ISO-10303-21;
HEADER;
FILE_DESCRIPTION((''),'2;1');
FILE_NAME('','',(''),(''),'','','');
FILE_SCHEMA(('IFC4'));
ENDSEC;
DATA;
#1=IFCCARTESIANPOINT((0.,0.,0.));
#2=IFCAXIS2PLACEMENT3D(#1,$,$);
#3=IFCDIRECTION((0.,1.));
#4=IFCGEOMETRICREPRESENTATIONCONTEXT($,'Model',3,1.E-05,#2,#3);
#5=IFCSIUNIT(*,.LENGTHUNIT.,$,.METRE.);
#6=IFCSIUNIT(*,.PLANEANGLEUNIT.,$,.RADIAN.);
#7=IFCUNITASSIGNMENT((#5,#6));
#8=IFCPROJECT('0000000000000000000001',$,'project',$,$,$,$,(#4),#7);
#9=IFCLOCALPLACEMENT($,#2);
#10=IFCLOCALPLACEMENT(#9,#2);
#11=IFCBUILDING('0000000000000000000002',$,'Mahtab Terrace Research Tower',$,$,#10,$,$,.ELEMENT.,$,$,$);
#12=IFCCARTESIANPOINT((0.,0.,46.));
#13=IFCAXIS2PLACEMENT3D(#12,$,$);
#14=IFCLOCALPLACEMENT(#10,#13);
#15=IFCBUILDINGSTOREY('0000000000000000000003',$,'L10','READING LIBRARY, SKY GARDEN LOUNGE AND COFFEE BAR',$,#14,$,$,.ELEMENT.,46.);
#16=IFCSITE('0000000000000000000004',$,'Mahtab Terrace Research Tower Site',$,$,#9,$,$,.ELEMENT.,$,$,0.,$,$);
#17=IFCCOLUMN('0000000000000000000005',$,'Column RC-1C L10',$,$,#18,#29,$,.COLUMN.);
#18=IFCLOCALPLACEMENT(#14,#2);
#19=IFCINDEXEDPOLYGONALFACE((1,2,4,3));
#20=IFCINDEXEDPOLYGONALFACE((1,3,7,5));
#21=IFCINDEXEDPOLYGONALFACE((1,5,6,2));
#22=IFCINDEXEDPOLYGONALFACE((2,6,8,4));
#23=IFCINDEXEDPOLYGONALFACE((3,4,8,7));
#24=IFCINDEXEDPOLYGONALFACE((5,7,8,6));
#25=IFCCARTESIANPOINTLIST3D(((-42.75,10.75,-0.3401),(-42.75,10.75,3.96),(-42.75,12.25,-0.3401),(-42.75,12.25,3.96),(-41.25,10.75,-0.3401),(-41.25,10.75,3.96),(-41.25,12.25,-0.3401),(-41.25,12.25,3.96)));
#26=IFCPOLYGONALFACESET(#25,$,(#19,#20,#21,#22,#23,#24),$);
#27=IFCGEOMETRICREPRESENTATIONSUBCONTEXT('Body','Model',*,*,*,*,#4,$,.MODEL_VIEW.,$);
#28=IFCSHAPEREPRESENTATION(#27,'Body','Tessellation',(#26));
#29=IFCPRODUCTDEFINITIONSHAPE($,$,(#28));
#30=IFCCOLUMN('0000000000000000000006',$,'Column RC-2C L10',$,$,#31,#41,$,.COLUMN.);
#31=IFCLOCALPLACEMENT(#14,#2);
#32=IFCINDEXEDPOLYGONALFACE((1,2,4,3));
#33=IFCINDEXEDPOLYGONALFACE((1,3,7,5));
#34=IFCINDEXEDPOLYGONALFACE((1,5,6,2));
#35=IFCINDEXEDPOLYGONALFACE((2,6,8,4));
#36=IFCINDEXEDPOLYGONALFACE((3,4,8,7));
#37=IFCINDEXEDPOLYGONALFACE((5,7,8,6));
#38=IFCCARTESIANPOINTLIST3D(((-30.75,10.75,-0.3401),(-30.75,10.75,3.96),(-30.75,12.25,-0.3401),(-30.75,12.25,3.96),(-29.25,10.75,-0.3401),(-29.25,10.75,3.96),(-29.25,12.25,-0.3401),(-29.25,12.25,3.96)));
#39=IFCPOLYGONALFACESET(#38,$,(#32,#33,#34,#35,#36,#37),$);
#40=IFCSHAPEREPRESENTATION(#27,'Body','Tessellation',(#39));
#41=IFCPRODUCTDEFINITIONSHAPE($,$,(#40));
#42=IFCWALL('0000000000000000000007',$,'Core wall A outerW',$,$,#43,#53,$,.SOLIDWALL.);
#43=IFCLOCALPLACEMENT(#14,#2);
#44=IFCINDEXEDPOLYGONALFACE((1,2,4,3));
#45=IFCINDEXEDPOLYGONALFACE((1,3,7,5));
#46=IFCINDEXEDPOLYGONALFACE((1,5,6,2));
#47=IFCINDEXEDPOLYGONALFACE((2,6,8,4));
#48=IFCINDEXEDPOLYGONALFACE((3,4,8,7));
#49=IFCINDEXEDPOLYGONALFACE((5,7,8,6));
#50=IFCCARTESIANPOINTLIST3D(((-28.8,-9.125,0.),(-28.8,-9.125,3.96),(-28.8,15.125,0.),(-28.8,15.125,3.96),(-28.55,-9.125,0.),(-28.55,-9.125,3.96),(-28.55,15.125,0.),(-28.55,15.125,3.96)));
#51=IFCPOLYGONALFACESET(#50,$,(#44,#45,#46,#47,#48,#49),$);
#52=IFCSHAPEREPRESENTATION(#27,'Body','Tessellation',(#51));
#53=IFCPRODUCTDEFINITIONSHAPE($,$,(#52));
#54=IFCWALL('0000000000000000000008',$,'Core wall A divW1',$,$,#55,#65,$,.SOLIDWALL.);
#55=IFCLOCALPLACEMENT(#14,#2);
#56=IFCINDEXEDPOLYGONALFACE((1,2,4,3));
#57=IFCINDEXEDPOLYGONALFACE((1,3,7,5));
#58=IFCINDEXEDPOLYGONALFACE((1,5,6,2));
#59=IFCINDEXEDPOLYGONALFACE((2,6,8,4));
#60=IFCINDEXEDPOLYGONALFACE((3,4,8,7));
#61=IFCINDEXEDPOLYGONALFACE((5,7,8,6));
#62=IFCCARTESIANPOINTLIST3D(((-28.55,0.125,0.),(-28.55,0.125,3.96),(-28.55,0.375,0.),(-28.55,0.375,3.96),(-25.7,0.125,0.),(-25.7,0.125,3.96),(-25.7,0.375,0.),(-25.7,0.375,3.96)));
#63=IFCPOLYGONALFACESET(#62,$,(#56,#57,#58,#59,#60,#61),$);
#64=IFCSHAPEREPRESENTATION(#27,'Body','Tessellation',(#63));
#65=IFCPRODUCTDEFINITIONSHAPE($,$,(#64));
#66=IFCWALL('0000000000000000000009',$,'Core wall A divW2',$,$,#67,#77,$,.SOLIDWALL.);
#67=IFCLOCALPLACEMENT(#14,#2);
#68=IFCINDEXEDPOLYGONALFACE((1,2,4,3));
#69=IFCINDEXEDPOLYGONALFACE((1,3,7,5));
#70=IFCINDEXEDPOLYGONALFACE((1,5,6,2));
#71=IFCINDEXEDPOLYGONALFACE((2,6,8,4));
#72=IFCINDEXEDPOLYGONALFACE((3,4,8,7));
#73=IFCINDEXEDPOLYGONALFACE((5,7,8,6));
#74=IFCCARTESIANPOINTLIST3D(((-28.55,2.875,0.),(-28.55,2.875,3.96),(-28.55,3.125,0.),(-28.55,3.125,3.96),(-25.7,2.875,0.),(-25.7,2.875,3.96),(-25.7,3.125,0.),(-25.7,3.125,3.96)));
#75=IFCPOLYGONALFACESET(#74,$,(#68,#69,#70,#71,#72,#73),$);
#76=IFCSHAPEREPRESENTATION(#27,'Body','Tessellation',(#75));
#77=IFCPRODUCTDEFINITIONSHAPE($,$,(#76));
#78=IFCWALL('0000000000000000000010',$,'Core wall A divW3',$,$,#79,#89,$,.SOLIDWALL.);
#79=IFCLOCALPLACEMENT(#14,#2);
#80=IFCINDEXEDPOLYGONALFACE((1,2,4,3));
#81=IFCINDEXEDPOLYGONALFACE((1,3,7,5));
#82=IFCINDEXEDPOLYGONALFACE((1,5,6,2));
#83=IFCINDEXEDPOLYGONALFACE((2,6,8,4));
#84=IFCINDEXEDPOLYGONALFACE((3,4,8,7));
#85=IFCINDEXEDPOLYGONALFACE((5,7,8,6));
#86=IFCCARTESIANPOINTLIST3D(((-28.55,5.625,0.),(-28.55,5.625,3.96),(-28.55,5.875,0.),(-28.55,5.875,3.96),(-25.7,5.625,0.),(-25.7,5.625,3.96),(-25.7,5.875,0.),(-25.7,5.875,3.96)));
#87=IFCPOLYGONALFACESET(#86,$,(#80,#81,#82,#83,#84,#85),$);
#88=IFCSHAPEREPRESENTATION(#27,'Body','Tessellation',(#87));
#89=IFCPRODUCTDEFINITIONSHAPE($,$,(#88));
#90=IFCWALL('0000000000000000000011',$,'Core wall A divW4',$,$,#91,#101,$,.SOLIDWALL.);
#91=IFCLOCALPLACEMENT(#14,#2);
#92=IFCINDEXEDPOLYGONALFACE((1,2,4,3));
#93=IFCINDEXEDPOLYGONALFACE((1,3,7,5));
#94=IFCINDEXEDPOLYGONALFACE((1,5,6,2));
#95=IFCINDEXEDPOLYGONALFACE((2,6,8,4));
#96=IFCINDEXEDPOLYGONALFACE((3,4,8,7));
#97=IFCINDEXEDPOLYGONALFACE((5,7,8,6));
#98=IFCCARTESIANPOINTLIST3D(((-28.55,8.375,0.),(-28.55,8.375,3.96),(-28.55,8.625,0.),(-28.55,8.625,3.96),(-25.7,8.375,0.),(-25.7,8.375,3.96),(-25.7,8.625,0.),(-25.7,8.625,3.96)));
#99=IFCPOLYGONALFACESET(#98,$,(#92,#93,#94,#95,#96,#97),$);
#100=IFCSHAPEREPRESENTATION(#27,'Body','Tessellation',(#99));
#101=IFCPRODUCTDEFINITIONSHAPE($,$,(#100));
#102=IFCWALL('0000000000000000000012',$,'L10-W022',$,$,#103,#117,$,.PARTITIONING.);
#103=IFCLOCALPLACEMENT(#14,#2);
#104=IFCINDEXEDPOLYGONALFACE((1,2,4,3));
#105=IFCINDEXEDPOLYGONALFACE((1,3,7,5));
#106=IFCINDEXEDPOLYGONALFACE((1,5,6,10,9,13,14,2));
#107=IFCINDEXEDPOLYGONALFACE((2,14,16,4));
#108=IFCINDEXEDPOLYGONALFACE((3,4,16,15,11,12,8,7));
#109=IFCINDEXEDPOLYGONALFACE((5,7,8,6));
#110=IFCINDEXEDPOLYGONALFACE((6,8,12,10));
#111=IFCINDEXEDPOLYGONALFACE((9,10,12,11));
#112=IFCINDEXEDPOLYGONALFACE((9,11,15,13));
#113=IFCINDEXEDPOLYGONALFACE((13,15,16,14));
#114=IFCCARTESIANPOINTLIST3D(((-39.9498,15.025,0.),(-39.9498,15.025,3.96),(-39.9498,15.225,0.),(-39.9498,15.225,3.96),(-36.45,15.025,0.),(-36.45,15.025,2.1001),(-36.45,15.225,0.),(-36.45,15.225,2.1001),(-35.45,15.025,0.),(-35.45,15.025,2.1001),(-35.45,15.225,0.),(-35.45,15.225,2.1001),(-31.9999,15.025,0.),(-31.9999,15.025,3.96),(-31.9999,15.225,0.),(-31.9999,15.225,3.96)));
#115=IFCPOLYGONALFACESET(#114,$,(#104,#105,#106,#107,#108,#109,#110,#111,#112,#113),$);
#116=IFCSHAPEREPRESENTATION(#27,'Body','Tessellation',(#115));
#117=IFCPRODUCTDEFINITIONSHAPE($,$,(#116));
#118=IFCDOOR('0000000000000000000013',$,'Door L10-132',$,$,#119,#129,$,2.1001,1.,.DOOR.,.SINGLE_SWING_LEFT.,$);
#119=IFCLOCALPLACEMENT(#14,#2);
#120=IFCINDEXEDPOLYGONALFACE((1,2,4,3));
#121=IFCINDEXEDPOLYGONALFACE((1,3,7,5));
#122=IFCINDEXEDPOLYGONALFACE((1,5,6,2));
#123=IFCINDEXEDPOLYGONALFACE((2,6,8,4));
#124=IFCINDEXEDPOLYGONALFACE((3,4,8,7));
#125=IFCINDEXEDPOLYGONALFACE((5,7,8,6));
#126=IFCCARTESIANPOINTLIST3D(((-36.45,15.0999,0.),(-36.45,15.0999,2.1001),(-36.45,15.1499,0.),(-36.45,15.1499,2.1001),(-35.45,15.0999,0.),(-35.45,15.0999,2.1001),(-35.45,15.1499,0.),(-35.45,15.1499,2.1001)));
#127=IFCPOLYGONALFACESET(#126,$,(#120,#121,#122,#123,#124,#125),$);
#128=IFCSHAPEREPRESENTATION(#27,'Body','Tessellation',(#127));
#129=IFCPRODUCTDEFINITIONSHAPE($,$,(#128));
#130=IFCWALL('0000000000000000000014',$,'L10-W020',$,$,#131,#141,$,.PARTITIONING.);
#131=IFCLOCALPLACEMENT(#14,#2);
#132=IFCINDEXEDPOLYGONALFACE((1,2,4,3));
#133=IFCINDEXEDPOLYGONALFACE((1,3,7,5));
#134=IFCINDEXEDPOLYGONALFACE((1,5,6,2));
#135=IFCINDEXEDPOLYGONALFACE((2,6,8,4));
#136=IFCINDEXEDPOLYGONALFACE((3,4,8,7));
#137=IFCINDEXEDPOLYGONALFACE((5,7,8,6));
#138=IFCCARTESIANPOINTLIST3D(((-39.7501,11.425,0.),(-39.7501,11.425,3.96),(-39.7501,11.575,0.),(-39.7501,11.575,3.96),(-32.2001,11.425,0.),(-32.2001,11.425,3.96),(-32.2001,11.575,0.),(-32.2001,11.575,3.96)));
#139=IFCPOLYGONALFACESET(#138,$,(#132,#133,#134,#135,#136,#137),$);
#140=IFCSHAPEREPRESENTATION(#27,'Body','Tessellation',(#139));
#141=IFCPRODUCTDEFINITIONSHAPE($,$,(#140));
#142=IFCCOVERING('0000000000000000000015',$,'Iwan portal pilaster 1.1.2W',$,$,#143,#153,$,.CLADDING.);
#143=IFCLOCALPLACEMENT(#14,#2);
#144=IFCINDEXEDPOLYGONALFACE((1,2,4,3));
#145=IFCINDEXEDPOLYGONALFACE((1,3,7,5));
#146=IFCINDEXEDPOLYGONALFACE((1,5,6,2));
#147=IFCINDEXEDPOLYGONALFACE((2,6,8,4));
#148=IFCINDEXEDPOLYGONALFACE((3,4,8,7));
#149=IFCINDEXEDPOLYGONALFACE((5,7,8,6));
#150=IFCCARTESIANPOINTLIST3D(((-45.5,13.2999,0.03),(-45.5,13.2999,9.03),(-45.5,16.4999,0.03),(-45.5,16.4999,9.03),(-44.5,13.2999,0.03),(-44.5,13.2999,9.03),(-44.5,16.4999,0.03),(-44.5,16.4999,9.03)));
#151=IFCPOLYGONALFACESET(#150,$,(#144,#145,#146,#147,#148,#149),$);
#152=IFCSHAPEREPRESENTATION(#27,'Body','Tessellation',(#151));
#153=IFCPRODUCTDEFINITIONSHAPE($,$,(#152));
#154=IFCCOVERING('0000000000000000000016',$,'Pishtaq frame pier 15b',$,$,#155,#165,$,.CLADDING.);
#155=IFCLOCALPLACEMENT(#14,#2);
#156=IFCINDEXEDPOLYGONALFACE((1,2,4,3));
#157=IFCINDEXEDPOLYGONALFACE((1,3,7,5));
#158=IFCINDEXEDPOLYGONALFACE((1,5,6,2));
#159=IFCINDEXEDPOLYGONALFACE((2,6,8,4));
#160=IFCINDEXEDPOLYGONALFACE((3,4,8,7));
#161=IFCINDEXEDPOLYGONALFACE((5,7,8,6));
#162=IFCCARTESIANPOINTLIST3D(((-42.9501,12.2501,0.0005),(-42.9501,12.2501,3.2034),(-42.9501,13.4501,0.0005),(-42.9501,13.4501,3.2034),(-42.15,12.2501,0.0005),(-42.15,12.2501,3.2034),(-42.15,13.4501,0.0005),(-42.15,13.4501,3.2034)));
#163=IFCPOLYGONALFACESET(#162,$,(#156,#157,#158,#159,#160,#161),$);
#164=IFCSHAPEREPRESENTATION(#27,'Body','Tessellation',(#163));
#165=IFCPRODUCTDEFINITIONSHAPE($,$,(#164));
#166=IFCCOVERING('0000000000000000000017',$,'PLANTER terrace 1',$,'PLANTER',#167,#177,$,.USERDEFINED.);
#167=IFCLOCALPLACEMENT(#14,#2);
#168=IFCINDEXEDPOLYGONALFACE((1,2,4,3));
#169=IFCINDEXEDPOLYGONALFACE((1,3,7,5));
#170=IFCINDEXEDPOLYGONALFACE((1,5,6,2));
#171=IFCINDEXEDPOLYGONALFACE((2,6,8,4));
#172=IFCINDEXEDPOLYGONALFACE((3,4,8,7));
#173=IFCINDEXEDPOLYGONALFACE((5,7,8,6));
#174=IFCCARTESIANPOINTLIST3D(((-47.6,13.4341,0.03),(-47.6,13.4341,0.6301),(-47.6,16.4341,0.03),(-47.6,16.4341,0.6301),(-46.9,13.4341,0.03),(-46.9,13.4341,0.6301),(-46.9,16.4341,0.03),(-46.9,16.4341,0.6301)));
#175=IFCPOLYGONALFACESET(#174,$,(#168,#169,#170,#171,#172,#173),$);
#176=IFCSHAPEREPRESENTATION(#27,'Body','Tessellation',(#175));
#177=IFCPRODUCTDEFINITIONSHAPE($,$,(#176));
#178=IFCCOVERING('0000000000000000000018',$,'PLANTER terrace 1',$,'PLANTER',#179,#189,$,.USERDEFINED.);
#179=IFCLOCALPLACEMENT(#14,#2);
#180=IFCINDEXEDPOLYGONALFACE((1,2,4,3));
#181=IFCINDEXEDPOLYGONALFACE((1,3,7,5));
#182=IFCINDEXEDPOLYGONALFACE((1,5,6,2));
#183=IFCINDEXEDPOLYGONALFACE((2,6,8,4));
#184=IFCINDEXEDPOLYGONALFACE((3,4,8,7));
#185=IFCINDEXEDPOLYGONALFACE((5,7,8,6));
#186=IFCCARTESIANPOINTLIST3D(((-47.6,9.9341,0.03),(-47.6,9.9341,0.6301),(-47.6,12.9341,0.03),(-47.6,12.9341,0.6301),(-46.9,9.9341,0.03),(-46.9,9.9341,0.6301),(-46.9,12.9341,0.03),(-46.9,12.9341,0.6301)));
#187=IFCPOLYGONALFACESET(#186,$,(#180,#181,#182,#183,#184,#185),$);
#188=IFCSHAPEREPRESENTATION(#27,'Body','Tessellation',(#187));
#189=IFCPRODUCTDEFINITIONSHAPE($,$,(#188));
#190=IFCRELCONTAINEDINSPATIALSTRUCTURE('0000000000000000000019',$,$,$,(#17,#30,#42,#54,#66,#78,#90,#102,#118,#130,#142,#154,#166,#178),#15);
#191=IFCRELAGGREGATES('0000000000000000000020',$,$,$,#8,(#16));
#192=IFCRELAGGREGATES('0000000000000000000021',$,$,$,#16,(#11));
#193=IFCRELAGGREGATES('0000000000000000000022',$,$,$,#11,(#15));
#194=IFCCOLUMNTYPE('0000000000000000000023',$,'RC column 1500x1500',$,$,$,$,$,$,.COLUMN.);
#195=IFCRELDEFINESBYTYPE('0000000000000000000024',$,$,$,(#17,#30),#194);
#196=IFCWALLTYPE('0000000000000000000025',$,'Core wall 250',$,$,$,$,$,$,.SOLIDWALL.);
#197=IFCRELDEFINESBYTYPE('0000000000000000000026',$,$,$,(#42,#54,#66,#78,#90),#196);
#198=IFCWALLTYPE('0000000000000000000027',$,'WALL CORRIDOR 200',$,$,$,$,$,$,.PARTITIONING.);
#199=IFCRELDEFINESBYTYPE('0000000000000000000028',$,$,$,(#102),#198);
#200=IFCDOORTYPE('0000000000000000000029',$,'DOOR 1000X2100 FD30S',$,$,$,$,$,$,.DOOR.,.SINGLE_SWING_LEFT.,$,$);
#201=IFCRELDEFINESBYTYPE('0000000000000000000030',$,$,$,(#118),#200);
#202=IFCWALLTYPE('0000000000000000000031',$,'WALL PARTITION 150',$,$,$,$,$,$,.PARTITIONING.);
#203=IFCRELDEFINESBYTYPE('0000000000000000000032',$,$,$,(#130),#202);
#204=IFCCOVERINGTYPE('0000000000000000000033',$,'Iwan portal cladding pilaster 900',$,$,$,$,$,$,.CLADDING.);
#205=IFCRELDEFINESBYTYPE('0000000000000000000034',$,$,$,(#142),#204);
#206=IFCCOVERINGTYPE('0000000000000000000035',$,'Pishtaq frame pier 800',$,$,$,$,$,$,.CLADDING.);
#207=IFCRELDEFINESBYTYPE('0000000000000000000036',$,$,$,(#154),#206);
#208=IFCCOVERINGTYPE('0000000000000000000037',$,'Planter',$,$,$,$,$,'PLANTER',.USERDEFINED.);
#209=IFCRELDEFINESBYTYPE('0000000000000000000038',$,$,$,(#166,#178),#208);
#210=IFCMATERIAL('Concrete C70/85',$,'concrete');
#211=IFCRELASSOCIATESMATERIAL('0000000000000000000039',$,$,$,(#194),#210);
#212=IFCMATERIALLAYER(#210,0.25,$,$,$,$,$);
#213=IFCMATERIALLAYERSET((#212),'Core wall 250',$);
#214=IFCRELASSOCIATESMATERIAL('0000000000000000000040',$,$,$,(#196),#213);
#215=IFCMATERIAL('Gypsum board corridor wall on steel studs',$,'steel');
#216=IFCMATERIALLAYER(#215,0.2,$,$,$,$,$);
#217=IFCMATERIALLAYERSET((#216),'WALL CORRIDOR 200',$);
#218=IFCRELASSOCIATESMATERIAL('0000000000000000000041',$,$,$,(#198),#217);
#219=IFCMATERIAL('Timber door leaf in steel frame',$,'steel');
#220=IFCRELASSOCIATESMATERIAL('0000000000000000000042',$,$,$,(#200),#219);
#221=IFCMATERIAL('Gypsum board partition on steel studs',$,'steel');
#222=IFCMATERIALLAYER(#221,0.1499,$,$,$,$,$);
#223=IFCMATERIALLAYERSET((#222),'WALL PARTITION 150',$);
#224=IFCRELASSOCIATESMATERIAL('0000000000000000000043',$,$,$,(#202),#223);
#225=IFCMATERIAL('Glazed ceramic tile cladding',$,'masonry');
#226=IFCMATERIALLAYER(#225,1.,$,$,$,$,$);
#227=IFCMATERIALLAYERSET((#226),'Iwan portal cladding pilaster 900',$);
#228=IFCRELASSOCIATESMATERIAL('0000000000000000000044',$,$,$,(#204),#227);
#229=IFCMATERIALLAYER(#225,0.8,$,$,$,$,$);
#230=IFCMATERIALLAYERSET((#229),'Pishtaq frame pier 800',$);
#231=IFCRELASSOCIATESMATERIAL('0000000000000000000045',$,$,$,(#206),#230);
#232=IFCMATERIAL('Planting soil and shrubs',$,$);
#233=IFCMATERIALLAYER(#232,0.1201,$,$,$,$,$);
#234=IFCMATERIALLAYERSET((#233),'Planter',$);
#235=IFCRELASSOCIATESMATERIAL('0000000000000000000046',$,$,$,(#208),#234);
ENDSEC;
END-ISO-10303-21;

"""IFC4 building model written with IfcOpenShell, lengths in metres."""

from ifc_helpers import new_model, si_unit, direction, frame, frame_2d, origin, origin_2d, place, context, subcontext, project, spatial, rectangle, extrude, material, layer, layer_set, material_profile, profile_set, type_object, element, fill, save


model = new_model("IFC4")

# Units and contexts
model_context = context("Model", 3, precision=1e-05, world=origin(), true_north=direction((0.0, 1.0)))
body_context = subcontext(model_context, "Body", "Model", "MODEL_VIEW")
ifc_project = project(units=[si_unit("LENGTHUNIT", "METRE"), si_unit("PLANEANGLEUNIT", "RADIAN")], contexts=[model_context])

# Site, building, storey
site_placement = place(None, origin())
site = spatial("IfcSite", under=ifc_project, at=site_placement, Name="Mahtab Terrace Research Tower Site", CompositionType="ELEMENT", RefElevation=0.0)
building_placement = place(site_placement, origin())
building = spatial("IfcBuilding", under=site, at=building_placement, Name="Mahtab Terrace Research Tower", CompositionType="ELEMENT")
storey_placement = place(building_placement, frame((0.0, 0.0, 46.0)))
storey = spatial("IfcBuildingStorey", under=building, at=storey_placement, Name="L10", Description="READING LIBRARY, SKY GARDEN LOUNGE AND COFFEE BAR", CompositionType="ELEMENT", Elevation=46.0)

# Columns
ifc_material_1 = material(Name="Concrete C70/85", Category="concrete")
ifc_material_profile = material_profile(ifc_material_1, rectangle(XDim=1.5, YDim=1.5, at=origin_2d()), Name="RC column 1500x1500")
ifc_profile_set = profile_set([ifc_material_profile], Name="Concrete C70/85")
column_type = type_object("IfcColumnType", Name="RC column 1500x1500", PredefinedType="COLUMN", material=ifc_profile_set)
for number, where, z_axis, x_axis, name in (
    (1, (-42.0, 11.5, -0.3401), (0.0, 0.0, 1.0), (1.0, 0.0, 0.0), "Column RC-1C L10"),
    (2, (-30.0, 11.5, -0.3401), (0.0, 0.0, 1.0), (1.0, 0.0, 0.0), "Column RC-2C L10"),
):
    element("IfcColumn", number, at=place(storey_placement, frame(where, z_axis=z_axis, x_axis=x_axis)), inside=storey, type_object=column_type, Name=name, PredefinedType="COLUMN", context=body_context, shape_type="SweptSolid", body=[
        extrude(rectangle(XDim=1.5, YDim=1.5, at=origin_2d()), origin(), (0.0, 0.0, 1.0), 4.3),
    ])

# Walls
ifc_layer_1 = layer(ifc_material_1, 0.25)
ifc_layer_set_1 = layer_set([ifc_layer_1], Name="Core wall 250")
wall_type_1 = type_object("IfcWallType", Name="Core wall 250", PredefinedType="SOLIDWALL", material=ifc_layer_set_1)
wall_1_placement = place(storey_placement, frame((-28.675, 15.125, 0.0), z_axis=(0.0, 0.0, 1.0), x_axis=(0.0, -1.0, 0.0)))
element("IfcWall", 3, at=wall_1_placement, inside=storey, type_object=wall_type_1, Name="Core wall A outerW", PredefinedType="SOLIDWALL", context=body_context, shape_type="SweptSolid", body=[
    extrude(rectangle(XDim=24.25, YDim=0.25, at=frame_2d((12.125, 0.0))), origin(), (0.0, 0.0, 1.0), 3.96),
])
for number, where, z_axis, x_axis, name in (
    (4, (-28.55, 0.25, 0.0), (0.0, 0.0, 1.0), (1.0, 0.0, 0.0), "Core wall A divW1"),
    (5, (-28.55, 3.0, 0.0), (0.0, 0.0, 1.0), (1.0, 0.0, 0.0), "Core wall A divW2"),
    (6, (-28.55, 5.75, 0.0), (0.0, 0.0, 1.0), (1.0, 0.0, 0.0), "Core wall A divW3"),
    (7, (-28.55, 8.5, 0.0), (0.0, 0.0, 1.0), (1.0, 0.0, 0.0), "Core wall A divW4"),
):
    element("IfcWall", number, at=place(storey_placement, frame(where, z_axis=z_axis, x_axis=x_axis)), inside=storey, type_object=wall_type_1, Name=name, PredefinedType="SOLIDWALL", context=body_context, shape_type="SweptSolid", body=[
        extrude(rectangle(XDim=2.8501, YDim=0.25, at=frame_2d((1.425, 0.0))), origin(), (0.0, 0.0, 1.0), 3.96),
    ])

# Wall, opening, door
ifc_material_2 = material(Name="Gypsum board corridor wall on steel studs", Category="steel")
ifc_layer_2 = layer(ifc_material_2, 0.2)
ifc_layer_set_2 = layer_set([ifc_layer_2], Name="WALL CORRIDOR 200")
wall_type_2 = type_object("IfcWallType", Name="WALL CORRIDOR 200", PredefinedType="PARTITIONING", material=ifc_layer_set_2)
wall_2_placement = place(storey_placement, frame((-39.95, 15.125, 0.0), z_axis=(0.0, 0.0, 1.0), x_axis=(1.0, 0.0, 0.0)))
wall_2 = element("IfcWall", 8, at=wall_2_placement, inside=storey, type_object=wall_type_2, Name="L10-W022", PredefinedType="PARTITIONING", context=body_context, shape_type="SweptSolid", body=[
    extrude(rectangle(XDim=7.95, YDim=0.2, at=frame_2d((3.9751, 0.0))), origin(), (0.0, 0.0, 1.0), 3.96),
])
opening_1_placement = place(wall_2_placement, frame((3.5, 0.0, 0.0)))
opening_1 = element("IfcOpeningElement", 9, at=opening_1_placement, cuts=wall_2, PredefinedType="OPENING", context=body_context, shape_type="SweptSolid", body=[
    extrude(rectangle(XDim=1.0, YDim=2.1001, at=frame_2d((0.5, 1.05))), frame((0.0, 0.1099, 0.0), z_axis=(0.0, -1.0, 0.0), x_axis=(1.0, 0.0, 0.0)), (0.0, 0.0, 1.0), 0.22),
])
ifc_material_3 = material(Name="Timber door leaf in steel frame", Category="steel")
door_type_1 = type_object("IfcDoorType", Name="DOOR 1000X2100 FD30S", OperationType="SINGLE_SWING_LEFT", PredefinedType="DOOR", material=ifc_material_3)
door_1_placement = place(opening_1_placement, origin())
door_1 = element("IfcDoor", 10, at=door_1_placement, inside=storey, type_object=door_type_1, Name="Door L10-132", OperationType="SINGLE_SWING_LEFT", OverallHeight=2.1001, OverallWidth=1.0, PredefinedType="DOOR", context=body_context, shape_type="SweptSolid", body=[
    extrude(rectangle(XDim=1.0, YDim=2.1001, at=frame_2d((0.5, 1.05))), frame((0.0, 0.0249, 0.0), z_axis=(0.0, -1.0, 0.0), x_axis=(1.0, 0.0, 0.0)), (0.0, 0.0, 1.0), 0.05),
])
fill(opening_1, door_1)

# Wall
ifc_material_4 = material(Name="Gypsum board partition on steel studs", Category="steel")
ifc_layer_3 = layer(ifc_material_4, 0.1499)
ifc_layer_set_3 = layer_set([ifc_layer_3], Name="WALL PARTITION 150")
wall_type_3 = type_object("IfcWallType", Name="WALL PARTITION 150", PredefinedType="PARTITIONING", material=ifc_layer_set_3)
wall_3_placement = place(storey_placement, frame((-39.75, 11.5, 0.0), z_axis=(0.0, 0.0, 1.0), x_axis=(1.0, 0.0, 0.0)))
element("IfcWall", 11, at=wall_3_placement, inside=storey, type_object=wall_type_3, Name="L10-W020", PredefinedType="PARTITIONING", context=body_context, shape_type="SweptSolid", body=[
    extrude(rectangle(XDim=7.55, YDim=0.1499, at=frame_2d((3.7749, 0.0))), origin(), (0.0, 0.0, 1.0), 3.96),
])

# Coverings
ifc_material_5 = material(Name="Glazed ceramic tile cladding", Category="masonry")
ifc_layer_4 = layer(ifc_material_5, 1.0)
ifc_layer_set_4 = layer_set([ifc_layer_4], Name="Iwan portal cladding pilaster 900")
covering_type_1 = type_object("IfcCoveringType", Name="Iwan portal cladding pilaster 900", PredefinedType="CLADDING", material=ifc_layer_set_4)
covering_1_placement = place(storey_placement, frame((-45.0, 14.8999, 0.03), z_axis=(0.0, 0.0, 1.0), x_axis=(0.0, -1.0, 0.0)))
element("IfcCovering", 12, at=covering_1_placement, inside=storey, type_object=covering_type_1, Name="Iwan portal pilaster 1.1.2W", PredefinedType="CLADDING", context=body_context, shape_type="SweptSolid", body=[
    extrude(rectangle(XDim=3.2, YDim=1.0, at=origin_2d()), origin(), (0.0, 0.0, 1.0), 9.0),
])
ifc_layer_5 = layer(ifc_material_5, 0.8)
ifc_layer_set_5 = layer_set([ifc_layer_5], Name="Pishtaq frame pier 800")
covering_type_2 = type_object("IfcCoveringType", Name="Pishtaq frame pier 800", PredefinedType="CLADDING", material=ifc_layer_set_5)
covering_2_placement = place(storey_placement, frame((-42.55, 12.8501, 0.0005), z_axis=(0.0, 0.0, 1.0), x_axis=(0.0, -1.0, 0.0)))
element("IfcCovering", 13, at=covering_2_placement, inside=storey, type_object=covering_type_2, Name="Pishtaq frame pier 15b", PredefinedType="CLADDING", context=body_context, shape_type="SweptSolid", body=[
    extrude(rectangle(XDim=1.2, YDim=0.8, at=origin_2d()), origin(), (0.0, 0.0, 1.0), 3.2029),
])
ifc_material_6 = material(Name="Planting soil and shrubs")
ifc_layer_6 = layer(ifc_material_6, 0.1201)
ifc_layer_set_6 = layer_set([ifc_layer_6], Name="Planter")
covering_type_3 = type_object("IfcCoveringType", Name="Planter", ElementType="PLANTER", PredefinedType="USERDEFINED", material=ifc_layer_set_6)
for number, where, z_axis, x_axis, name in (
    (14, (-47.25, 14.9341, 0.03), (0.0, 0.0, 1.0), (0.0, -1.0, 0.0), "PLANTER terrace 1"),
    (15, (-47.25, 11.4341, 0.03), (0.0, 0.0, 1.0), (0.0, -1.0, 0.0), "PLANTER terrace 1"),
):
    element("IfcCovering", number, at=place(storey_placement, frame(where, z_axis=z_axis, x_axis=x_axis)), inside=storey, type_object=covering_type_3, Name=name, ObjectType="PLANTER", PredefinedType="USERDEFINED", context=body_context, shape_type="SweptSolid", body=[
        extrude(rectangle(XDim=3.0, YDim=0.7, at=origin_2d()), origin(), (0.0, 0.0, 1.0), 0.6001),
    ])

save(model, "model.ifc")
